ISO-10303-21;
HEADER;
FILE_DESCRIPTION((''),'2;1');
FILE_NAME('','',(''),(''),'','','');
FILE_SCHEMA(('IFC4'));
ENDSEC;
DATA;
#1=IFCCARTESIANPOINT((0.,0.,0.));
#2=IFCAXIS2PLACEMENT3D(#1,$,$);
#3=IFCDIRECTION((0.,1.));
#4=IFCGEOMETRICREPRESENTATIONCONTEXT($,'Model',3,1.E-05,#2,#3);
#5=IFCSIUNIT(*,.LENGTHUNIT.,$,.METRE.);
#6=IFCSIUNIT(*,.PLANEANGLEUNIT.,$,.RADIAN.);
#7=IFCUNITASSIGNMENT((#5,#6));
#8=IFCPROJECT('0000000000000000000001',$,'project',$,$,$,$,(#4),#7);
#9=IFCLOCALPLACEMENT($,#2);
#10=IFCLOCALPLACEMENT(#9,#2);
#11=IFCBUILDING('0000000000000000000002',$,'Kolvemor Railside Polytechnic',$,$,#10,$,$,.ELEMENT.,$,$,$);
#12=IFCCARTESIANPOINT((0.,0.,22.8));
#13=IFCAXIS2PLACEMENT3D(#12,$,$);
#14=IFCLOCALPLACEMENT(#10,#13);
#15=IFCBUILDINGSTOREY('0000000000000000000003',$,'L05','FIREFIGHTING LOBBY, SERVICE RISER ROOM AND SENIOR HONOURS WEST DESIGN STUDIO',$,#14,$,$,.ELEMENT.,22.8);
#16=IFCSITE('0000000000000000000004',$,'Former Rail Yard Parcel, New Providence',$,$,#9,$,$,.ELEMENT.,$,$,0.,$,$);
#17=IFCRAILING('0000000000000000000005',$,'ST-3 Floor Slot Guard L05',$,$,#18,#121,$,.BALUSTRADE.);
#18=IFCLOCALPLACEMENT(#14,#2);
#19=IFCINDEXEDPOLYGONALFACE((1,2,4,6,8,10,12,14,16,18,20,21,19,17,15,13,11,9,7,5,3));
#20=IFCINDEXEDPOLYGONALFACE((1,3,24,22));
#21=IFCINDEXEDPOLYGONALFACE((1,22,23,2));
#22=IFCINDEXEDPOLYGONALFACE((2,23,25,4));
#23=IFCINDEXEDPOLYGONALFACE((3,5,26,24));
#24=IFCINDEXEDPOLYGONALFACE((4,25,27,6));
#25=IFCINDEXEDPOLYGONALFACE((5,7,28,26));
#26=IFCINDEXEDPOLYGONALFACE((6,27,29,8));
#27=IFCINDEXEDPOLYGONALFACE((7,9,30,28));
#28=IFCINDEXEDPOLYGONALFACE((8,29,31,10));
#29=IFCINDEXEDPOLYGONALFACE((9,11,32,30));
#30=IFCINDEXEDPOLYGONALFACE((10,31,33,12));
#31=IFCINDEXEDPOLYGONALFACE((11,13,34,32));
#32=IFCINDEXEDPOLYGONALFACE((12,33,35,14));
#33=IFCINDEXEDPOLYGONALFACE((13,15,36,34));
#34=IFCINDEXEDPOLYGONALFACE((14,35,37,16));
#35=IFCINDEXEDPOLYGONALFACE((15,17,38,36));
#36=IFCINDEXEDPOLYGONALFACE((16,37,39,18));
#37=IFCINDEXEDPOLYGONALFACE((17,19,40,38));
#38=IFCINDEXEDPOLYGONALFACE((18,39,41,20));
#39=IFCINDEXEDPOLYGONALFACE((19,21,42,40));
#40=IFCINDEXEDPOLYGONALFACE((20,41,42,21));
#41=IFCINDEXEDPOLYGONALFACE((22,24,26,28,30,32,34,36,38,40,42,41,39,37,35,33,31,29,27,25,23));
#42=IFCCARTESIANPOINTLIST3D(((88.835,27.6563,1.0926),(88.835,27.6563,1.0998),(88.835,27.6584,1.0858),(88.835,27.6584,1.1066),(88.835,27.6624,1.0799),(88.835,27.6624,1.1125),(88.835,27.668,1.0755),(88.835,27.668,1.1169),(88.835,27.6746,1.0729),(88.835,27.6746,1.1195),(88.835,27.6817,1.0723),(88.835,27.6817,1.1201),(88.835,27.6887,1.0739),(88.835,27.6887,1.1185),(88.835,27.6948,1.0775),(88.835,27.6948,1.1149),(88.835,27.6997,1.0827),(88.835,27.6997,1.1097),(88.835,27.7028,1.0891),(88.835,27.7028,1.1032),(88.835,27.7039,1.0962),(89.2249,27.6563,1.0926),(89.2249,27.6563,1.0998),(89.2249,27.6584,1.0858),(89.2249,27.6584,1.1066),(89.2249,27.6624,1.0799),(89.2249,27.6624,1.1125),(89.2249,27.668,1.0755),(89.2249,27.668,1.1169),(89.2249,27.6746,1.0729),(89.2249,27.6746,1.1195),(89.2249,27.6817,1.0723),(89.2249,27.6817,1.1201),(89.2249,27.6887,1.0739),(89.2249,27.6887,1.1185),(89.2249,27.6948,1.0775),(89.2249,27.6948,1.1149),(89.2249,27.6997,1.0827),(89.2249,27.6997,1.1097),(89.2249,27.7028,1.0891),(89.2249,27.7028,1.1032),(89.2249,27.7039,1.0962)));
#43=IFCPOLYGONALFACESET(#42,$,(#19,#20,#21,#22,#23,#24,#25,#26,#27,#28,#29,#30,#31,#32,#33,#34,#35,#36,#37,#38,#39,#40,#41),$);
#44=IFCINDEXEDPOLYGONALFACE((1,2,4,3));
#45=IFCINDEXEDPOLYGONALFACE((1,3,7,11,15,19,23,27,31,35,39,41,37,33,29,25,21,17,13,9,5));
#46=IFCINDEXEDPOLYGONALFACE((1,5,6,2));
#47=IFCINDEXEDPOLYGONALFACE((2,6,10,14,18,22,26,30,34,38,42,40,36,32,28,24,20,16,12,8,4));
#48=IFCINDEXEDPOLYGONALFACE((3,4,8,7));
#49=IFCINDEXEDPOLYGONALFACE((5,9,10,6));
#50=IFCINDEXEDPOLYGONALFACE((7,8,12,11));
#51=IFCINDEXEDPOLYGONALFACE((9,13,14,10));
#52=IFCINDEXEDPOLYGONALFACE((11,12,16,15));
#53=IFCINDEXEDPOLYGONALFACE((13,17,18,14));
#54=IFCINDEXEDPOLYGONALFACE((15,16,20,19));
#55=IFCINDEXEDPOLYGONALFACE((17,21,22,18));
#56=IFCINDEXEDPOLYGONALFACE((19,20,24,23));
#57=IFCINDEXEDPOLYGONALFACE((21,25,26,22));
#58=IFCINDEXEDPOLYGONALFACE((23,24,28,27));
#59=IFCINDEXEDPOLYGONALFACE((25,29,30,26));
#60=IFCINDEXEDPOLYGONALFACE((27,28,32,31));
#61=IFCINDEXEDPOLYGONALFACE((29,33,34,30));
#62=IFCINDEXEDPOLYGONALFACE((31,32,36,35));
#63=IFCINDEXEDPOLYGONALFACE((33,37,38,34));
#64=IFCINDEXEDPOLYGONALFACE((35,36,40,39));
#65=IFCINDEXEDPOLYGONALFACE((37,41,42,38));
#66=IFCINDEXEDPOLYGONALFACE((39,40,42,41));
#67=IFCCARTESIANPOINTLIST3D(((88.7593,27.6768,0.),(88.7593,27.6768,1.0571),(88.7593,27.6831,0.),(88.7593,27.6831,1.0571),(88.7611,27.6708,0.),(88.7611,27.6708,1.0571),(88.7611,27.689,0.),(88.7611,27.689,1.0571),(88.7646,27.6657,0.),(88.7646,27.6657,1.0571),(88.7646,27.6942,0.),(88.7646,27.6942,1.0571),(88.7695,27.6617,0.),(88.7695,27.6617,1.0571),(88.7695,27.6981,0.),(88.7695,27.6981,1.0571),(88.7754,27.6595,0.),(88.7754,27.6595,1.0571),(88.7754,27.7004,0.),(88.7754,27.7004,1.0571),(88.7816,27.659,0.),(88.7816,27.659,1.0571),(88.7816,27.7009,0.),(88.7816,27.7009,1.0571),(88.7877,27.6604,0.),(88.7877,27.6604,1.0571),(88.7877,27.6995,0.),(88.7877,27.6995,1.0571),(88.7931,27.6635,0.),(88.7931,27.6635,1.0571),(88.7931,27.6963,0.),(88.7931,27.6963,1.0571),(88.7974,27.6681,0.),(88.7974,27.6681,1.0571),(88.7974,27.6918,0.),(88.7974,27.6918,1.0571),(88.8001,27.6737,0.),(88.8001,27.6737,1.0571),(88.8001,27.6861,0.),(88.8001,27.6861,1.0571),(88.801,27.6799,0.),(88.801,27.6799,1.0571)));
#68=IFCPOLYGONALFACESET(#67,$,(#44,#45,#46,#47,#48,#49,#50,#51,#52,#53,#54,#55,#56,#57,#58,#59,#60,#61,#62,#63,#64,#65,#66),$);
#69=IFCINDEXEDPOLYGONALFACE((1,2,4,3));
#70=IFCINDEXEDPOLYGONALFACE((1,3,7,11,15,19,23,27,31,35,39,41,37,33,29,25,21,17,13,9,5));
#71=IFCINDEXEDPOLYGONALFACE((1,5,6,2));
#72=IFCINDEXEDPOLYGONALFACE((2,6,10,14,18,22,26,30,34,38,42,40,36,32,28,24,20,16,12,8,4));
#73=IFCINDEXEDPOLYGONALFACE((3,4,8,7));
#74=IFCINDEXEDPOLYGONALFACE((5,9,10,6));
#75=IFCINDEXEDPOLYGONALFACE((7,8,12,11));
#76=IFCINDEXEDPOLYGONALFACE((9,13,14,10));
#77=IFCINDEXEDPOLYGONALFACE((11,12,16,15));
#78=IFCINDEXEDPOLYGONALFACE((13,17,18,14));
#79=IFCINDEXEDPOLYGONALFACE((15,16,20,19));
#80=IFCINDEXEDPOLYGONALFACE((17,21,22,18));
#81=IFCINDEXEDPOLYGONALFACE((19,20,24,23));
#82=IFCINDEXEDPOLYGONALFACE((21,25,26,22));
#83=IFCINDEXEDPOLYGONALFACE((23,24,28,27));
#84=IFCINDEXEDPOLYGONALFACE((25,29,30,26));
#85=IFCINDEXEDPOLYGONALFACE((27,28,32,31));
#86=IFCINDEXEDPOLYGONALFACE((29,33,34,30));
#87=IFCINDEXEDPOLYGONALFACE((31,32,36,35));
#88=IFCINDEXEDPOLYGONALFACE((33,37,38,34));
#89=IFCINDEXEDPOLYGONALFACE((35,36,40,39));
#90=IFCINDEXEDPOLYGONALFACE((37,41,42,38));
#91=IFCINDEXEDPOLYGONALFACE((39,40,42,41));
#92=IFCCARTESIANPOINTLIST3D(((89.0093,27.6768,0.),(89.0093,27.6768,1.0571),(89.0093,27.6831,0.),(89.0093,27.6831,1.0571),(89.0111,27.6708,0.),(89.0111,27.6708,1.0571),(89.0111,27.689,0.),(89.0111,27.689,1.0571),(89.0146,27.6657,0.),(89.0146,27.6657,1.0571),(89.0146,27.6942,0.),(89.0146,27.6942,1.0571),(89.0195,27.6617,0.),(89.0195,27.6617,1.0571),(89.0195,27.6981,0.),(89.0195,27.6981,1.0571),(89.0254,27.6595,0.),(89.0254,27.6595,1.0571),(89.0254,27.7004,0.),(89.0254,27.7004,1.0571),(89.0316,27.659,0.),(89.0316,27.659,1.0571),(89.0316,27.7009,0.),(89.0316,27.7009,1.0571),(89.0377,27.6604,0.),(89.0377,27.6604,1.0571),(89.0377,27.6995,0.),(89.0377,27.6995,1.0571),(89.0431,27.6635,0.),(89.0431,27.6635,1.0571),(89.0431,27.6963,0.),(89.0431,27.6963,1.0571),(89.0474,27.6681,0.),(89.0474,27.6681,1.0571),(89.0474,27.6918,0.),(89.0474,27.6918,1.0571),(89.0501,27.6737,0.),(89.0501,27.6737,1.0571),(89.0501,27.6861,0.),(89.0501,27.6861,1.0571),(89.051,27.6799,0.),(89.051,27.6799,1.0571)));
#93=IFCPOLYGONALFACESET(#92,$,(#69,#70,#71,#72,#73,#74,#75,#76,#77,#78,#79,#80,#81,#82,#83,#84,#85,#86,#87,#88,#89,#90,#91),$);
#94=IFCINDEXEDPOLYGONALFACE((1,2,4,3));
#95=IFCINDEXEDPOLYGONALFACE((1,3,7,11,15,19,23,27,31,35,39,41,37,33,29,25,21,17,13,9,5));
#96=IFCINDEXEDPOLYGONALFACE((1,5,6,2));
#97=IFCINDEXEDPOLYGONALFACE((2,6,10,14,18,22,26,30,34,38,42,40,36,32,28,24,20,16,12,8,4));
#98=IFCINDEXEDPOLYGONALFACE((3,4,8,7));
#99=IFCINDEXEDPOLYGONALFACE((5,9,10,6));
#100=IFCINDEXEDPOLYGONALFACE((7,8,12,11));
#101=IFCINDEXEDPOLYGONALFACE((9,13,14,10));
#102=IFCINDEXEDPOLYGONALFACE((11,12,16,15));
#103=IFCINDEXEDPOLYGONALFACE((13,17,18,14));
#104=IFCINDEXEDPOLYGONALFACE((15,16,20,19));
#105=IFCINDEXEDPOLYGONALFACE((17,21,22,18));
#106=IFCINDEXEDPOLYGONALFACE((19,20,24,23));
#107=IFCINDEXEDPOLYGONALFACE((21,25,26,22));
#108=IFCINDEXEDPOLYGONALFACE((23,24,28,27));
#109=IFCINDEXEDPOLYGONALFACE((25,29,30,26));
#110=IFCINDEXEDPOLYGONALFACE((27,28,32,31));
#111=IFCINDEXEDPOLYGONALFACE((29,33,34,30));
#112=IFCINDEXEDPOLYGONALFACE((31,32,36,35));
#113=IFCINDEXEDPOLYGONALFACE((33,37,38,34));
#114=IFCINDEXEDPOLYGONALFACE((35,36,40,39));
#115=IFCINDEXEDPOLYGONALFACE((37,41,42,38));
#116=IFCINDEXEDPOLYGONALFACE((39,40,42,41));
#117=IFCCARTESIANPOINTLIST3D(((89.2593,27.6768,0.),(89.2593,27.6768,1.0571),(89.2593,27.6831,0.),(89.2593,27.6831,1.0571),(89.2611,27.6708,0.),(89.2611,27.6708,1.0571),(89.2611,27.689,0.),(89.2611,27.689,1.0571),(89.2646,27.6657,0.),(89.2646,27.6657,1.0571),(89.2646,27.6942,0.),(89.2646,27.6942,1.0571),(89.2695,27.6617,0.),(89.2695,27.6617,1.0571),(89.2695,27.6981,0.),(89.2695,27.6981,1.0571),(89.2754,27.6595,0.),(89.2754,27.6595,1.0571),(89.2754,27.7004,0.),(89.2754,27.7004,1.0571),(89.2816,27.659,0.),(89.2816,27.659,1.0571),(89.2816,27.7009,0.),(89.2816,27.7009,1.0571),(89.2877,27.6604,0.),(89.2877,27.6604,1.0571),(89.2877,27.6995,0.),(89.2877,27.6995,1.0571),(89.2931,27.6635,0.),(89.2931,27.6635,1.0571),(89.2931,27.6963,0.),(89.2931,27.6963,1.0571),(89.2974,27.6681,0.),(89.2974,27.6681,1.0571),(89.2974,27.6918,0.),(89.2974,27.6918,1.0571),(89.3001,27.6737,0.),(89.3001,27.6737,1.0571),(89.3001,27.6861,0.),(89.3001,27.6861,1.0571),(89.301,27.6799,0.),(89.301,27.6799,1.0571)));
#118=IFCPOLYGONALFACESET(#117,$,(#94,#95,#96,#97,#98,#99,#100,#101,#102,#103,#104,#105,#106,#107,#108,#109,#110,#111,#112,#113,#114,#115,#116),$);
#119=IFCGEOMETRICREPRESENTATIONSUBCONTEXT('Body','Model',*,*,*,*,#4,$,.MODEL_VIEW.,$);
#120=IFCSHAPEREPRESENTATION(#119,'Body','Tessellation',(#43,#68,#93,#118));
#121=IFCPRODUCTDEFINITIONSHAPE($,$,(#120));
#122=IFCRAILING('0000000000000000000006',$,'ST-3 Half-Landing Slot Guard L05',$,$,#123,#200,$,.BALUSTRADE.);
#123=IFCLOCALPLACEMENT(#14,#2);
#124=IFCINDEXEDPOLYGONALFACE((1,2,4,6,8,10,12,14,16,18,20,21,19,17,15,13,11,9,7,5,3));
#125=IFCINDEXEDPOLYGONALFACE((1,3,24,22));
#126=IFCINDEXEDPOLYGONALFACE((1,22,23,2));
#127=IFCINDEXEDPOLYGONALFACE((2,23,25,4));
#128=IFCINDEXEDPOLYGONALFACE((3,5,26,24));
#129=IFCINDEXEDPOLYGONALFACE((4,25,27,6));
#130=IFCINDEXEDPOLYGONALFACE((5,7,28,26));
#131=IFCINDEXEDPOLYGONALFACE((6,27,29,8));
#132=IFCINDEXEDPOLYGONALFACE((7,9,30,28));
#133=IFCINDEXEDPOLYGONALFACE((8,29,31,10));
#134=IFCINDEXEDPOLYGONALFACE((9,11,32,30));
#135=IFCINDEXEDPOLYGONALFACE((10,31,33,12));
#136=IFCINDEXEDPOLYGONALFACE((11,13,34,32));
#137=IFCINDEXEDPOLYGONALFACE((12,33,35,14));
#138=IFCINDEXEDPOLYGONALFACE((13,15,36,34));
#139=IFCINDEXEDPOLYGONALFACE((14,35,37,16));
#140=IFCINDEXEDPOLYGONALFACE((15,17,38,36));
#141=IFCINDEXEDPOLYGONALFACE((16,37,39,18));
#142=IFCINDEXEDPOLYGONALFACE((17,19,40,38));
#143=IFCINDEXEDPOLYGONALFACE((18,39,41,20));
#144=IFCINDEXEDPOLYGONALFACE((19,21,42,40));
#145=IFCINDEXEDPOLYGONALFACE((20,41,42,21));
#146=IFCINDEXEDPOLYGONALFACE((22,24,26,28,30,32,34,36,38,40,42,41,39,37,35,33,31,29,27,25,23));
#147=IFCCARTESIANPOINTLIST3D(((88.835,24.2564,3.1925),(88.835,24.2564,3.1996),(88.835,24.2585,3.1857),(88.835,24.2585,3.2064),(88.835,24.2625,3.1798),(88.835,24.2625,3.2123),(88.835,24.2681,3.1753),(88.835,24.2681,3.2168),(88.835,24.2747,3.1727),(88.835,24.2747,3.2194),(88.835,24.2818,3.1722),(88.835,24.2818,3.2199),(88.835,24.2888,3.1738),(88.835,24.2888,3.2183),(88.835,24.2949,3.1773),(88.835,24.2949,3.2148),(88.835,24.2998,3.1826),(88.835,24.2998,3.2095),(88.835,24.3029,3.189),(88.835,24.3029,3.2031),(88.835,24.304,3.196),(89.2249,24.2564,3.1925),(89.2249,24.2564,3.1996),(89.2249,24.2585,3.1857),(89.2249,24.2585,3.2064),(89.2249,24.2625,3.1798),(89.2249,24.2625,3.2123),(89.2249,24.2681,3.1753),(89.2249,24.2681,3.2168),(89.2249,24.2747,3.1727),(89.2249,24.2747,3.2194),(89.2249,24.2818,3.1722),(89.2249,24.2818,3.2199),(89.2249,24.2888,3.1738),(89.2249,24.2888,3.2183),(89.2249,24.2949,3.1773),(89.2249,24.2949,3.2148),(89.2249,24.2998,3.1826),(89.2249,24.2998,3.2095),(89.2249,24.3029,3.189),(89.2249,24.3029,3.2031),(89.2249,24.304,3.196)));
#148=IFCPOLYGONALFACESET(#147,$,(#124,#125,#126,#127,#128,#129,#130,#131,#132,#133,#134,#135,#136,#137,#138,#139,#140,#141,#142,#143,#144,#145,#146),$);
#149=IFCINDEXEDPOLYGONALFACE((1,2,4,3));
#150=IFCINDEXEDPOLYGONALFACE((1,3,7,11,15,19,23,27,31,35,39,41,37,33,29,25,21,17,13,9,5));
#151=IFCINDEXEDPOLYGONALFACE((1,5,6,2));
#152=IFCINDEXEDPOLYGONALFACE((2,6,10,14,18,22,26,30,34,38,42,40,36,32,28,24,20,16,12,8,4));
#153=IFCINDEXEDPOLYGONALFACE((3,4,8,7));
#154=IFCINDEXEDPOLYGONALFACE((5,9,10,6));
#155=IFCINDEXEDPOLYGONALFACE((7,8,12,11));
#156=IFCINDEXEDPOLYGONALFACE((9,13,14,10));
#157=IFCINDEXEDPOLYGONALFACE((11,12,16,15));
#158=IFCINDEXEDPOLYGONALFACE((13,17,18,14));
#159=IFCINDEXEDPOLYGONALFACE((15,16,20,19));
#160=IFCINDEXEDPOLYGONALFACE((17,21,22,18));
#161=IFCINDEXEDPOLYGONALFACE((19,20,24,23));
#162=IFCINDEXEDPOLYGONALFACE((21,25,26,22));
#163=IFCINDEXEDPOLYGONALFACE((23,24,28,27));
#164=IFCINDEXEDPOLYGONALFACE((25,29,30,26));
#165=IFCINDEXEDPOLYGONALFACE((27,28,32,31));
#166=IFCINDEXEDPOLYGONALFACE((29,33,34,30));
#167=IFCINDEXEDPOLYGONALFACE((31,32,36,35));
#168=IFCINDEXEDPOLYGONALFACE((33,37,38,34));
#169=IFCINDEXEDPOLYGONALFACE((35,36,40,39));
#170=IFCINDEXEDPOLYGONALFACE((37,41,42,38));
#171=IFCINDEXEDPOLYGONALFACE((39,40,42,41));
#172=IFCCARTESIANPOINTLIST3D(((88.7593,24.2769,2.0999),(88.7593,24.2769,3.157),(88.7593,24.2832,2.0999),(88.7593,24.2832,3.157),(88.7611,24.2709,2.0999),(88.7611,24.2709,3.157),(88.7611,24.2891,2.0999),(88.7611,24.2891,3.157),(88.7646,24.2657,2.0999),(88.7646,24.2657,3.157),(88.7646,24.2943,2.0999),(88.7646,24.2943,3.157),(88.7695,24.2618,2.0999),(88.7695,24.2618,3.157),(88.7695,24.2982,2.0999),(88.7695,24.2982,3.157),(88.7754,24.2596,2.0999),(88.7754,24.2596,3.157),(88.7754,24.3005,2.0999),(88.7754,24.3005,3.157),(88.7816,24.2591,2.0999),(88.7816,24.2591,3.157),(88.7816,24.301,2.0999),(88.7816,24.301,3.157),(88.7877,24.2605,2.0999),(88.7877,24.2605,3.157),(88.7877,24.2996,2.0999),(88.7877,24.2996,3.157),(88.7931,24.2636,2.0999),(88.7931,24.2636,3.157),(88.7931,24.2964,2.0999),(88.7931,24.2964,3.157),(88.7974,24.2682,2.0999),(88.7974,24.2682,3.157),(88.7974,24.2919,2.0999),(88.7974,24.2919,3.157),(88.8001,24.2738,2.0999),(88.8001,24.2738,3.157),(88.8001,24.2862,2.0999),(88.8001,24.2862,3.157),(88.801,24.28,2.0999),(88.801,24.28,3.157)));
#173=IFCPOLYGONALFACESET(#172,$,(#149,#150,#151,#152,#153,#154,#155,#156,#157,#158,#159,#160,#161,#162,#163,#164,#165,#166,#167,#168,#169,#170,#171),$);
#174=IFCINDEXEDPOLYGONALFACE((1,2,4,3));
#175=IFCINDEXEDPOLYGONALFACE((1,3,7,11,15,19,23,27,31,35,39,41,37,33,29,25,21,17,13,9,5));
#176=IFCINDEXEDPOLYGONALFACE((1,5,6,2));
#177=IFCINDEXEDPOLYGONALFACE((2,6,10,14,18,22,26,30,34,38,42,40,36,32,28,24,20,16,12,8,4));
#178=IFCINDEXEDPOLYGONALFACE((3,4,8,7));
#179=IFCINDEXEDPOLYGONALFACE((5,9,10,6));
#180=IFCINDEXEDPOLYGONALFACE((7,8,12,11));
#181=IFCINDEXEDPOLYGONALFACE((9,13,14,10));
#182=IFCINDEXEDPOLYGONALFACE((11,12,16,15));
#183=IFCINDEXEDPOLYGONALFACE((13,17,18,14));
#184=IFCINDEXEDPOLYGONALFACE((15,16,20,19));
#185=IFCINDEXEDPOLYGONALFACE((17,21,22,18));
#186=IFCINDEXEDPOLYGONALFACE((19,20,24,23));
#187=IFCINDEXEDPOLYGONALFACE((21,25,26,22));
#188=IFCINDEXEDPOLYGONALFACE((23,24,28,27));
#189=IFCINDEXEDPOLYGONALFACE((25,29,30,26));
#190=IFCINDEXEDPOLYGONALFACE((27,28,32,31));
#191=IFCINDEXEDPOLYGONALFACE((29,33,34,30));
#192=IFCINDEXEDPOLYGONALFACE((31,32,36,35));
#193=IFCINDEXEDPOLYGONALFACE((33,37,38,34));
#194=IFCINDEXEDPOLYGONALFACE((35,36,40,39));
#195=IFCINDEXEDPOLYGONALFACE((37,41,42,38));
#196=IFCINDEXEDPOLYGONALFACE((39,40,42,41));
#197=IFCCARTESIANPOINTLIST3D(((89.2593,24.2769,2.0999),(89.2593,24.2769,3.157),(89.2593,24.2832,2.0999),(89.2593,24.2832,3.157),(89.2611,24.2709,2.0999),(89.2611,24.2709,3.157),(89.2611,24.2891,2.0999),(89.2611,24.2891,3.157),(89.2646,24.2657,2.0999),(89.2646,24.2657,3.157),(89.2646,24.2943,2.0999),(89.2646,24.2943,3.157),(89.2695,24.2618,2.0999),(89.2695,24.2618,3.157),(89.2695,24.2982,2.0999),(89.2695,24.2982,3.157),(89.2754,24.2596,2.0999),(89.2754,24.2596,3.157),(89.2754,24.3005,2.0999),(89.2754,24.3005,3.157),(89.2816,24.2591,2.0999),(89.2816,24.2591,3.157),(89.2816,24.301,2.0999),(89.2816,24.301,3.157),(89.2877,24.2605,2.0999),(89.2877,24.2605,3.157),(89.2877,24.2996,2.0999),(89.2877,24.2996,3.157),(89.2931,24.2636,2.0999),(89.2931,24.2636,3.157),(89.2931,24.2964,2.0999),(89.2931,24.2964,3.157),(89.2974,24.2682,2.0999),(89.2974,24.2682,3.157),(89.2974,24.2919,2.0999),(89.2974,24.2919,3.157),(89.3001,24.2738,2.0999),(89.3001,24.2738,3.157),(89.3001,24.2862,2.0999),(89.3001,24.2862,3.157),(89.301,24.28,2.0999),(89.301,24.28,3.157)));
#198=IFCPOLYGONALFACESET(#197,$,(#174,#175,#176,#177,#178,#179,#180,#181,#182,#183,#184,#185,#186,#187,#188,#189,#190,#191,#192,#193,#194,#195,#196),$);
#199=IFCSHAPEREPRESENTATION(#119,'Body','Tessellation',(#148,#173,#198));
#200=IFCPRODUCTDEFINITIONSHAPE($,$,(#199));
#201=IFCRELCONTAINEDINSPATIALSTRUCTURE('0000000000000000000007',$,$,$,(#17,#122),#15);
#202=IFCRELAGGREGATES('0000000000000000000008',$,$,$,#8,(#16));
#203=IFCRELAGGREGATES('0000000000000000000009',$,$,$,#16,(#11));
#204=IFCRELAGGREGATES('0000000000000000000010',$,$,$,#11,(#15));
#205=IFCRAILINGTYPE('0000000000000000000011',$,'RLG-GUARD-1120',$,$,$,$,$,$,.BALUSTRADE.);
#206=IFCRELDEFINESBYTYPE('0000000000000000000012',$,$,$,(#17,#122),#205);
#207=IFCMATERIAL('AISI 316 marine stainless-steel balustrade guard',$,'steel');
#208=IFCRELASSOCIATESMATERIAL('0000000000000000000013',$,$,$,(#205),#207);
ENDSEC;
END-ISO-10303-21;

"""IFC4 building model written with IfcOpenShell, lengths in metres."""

from ifc_helpers import new_model, si_unit, direction, frame, origin, origin_2d, place, context, subcontext, project, spatial, circle, extrude, material, type_object, element, save


model = new_model("IFC4")

# Units and contexts
model_context = context("Model", 3, precision=1e-05, world=origin(), true_north=direction((0.0, 1.0)))
body_context = subcontext(model_context, "Body", "Model", "MODEL_VIEW")
ifc_project = project(units=[si_unit("LENGTHUNIT", "METRE"), si_unit("PLANEANGLEUNIT", "RADIAN")], contexts=[model_context])

# Site, building, storey
site_placement = place(None, origin())
site = spatial("IfcSite", under=ifc_project, at=site_placement, Name="Former Rail Yard Parcel, New Providence", CompositionType="ELEMENT", RefElevation=0.0)
building_placement = place(site_placement, origin())
building = spatial("IfcBuilding", under=site, at=building_placement, Name="Kolvemor Railside Polytechnic", CompositionType="ELEMENT")
storey_placement = place(building_placement, frame((0.0, 0.0, 22.8)))
storey = spatial("IfcBuildingStorey", under=building, at=storey_placement, Name="L05", Description="FIREFIGHTING LOBBY, SERVICE RISER ROOM AND SENIOR HONOURS WEST DESIGN STUDIO", CompositionType="ELEMENT", Elevation=22.8)

# Railings
ifc_material_1 = material(Name="AISI 316 marine stainless-steel balustrade guard", Category="steel")
railing_type_1 = type_object("IfcRailingType", Name="RLG-GUARD-1120", PredefinedType="BALUSTRADE", material=ifc_material_1)
railing_1_placement = place(storey_placement, frame((88.78, 27.6799, 0.0)))
element("IfcRailing", 1, at=railing_1_placement, inside=storey, type_object=railing_type_1, Name="ST-3 Floor Slot Guard L05", PredefinedType="BALUSTRADE", context=body_context, shape_type="SweptSolid", body=[
    extrude(circle(Radius=0.0239, at=origin_2d()), frame((0.0549, 0.0, 1.0962), z_axis=(1.0, 0.0, 0.0), x_axis=(0.0, 1.0, 0.0)), (0.0, 0.0, 1.0), 0.3899),
    extrude(circle(Radius=0.021, at=origin_2d()), origin(), (0.0, 0.0, 1.0), 1.0571),
    extrude(circle(Radius=0.021, at=origin_2d()), frame((0.25, 0.0, 0.0)), (0.0, 0.0, 1.0), 1.0571),
    extrude(circle(Radius=0.021, at=origin_2d()), frame((0.5, 0.0, 0.0)), (0.0, 0.0, 1.0), 1.0571),
])
railing_2_placement = place(storey_placement, frame((88.78, 24.28, 2.0999)))
element("IfcRailing", 2, at=railing_2_placement, inside=storey, type_object=railing_type_1, Name="ST-3 Half-Landing Slot Guard L05", PredefinedType="BALUSTRADE", context=body_context, shape_type="SweptSolid", body=[
    extrude(circle(Radius=0.0239, at=origin_2d()), frame((0.0549, 0.0, 1.0962), z_axis=(1.0, 0.0, 0.0), x_axis=(0.0, 1.0, 0.0)), (0.0, 0.0, 1.0), 0.3899),
    extrude(circle(Radius=0.021, at=origin_2d()), origin(), (0.0, 0.0, 1.0), 1.0571),
    extrude(circle(Radius=0.021, at=origin_2d()), frame((0.5, 0.0, 0.0)), (0.0, 0.0, 1.0), 1.0571),
])

save(model, "model.ifc")
